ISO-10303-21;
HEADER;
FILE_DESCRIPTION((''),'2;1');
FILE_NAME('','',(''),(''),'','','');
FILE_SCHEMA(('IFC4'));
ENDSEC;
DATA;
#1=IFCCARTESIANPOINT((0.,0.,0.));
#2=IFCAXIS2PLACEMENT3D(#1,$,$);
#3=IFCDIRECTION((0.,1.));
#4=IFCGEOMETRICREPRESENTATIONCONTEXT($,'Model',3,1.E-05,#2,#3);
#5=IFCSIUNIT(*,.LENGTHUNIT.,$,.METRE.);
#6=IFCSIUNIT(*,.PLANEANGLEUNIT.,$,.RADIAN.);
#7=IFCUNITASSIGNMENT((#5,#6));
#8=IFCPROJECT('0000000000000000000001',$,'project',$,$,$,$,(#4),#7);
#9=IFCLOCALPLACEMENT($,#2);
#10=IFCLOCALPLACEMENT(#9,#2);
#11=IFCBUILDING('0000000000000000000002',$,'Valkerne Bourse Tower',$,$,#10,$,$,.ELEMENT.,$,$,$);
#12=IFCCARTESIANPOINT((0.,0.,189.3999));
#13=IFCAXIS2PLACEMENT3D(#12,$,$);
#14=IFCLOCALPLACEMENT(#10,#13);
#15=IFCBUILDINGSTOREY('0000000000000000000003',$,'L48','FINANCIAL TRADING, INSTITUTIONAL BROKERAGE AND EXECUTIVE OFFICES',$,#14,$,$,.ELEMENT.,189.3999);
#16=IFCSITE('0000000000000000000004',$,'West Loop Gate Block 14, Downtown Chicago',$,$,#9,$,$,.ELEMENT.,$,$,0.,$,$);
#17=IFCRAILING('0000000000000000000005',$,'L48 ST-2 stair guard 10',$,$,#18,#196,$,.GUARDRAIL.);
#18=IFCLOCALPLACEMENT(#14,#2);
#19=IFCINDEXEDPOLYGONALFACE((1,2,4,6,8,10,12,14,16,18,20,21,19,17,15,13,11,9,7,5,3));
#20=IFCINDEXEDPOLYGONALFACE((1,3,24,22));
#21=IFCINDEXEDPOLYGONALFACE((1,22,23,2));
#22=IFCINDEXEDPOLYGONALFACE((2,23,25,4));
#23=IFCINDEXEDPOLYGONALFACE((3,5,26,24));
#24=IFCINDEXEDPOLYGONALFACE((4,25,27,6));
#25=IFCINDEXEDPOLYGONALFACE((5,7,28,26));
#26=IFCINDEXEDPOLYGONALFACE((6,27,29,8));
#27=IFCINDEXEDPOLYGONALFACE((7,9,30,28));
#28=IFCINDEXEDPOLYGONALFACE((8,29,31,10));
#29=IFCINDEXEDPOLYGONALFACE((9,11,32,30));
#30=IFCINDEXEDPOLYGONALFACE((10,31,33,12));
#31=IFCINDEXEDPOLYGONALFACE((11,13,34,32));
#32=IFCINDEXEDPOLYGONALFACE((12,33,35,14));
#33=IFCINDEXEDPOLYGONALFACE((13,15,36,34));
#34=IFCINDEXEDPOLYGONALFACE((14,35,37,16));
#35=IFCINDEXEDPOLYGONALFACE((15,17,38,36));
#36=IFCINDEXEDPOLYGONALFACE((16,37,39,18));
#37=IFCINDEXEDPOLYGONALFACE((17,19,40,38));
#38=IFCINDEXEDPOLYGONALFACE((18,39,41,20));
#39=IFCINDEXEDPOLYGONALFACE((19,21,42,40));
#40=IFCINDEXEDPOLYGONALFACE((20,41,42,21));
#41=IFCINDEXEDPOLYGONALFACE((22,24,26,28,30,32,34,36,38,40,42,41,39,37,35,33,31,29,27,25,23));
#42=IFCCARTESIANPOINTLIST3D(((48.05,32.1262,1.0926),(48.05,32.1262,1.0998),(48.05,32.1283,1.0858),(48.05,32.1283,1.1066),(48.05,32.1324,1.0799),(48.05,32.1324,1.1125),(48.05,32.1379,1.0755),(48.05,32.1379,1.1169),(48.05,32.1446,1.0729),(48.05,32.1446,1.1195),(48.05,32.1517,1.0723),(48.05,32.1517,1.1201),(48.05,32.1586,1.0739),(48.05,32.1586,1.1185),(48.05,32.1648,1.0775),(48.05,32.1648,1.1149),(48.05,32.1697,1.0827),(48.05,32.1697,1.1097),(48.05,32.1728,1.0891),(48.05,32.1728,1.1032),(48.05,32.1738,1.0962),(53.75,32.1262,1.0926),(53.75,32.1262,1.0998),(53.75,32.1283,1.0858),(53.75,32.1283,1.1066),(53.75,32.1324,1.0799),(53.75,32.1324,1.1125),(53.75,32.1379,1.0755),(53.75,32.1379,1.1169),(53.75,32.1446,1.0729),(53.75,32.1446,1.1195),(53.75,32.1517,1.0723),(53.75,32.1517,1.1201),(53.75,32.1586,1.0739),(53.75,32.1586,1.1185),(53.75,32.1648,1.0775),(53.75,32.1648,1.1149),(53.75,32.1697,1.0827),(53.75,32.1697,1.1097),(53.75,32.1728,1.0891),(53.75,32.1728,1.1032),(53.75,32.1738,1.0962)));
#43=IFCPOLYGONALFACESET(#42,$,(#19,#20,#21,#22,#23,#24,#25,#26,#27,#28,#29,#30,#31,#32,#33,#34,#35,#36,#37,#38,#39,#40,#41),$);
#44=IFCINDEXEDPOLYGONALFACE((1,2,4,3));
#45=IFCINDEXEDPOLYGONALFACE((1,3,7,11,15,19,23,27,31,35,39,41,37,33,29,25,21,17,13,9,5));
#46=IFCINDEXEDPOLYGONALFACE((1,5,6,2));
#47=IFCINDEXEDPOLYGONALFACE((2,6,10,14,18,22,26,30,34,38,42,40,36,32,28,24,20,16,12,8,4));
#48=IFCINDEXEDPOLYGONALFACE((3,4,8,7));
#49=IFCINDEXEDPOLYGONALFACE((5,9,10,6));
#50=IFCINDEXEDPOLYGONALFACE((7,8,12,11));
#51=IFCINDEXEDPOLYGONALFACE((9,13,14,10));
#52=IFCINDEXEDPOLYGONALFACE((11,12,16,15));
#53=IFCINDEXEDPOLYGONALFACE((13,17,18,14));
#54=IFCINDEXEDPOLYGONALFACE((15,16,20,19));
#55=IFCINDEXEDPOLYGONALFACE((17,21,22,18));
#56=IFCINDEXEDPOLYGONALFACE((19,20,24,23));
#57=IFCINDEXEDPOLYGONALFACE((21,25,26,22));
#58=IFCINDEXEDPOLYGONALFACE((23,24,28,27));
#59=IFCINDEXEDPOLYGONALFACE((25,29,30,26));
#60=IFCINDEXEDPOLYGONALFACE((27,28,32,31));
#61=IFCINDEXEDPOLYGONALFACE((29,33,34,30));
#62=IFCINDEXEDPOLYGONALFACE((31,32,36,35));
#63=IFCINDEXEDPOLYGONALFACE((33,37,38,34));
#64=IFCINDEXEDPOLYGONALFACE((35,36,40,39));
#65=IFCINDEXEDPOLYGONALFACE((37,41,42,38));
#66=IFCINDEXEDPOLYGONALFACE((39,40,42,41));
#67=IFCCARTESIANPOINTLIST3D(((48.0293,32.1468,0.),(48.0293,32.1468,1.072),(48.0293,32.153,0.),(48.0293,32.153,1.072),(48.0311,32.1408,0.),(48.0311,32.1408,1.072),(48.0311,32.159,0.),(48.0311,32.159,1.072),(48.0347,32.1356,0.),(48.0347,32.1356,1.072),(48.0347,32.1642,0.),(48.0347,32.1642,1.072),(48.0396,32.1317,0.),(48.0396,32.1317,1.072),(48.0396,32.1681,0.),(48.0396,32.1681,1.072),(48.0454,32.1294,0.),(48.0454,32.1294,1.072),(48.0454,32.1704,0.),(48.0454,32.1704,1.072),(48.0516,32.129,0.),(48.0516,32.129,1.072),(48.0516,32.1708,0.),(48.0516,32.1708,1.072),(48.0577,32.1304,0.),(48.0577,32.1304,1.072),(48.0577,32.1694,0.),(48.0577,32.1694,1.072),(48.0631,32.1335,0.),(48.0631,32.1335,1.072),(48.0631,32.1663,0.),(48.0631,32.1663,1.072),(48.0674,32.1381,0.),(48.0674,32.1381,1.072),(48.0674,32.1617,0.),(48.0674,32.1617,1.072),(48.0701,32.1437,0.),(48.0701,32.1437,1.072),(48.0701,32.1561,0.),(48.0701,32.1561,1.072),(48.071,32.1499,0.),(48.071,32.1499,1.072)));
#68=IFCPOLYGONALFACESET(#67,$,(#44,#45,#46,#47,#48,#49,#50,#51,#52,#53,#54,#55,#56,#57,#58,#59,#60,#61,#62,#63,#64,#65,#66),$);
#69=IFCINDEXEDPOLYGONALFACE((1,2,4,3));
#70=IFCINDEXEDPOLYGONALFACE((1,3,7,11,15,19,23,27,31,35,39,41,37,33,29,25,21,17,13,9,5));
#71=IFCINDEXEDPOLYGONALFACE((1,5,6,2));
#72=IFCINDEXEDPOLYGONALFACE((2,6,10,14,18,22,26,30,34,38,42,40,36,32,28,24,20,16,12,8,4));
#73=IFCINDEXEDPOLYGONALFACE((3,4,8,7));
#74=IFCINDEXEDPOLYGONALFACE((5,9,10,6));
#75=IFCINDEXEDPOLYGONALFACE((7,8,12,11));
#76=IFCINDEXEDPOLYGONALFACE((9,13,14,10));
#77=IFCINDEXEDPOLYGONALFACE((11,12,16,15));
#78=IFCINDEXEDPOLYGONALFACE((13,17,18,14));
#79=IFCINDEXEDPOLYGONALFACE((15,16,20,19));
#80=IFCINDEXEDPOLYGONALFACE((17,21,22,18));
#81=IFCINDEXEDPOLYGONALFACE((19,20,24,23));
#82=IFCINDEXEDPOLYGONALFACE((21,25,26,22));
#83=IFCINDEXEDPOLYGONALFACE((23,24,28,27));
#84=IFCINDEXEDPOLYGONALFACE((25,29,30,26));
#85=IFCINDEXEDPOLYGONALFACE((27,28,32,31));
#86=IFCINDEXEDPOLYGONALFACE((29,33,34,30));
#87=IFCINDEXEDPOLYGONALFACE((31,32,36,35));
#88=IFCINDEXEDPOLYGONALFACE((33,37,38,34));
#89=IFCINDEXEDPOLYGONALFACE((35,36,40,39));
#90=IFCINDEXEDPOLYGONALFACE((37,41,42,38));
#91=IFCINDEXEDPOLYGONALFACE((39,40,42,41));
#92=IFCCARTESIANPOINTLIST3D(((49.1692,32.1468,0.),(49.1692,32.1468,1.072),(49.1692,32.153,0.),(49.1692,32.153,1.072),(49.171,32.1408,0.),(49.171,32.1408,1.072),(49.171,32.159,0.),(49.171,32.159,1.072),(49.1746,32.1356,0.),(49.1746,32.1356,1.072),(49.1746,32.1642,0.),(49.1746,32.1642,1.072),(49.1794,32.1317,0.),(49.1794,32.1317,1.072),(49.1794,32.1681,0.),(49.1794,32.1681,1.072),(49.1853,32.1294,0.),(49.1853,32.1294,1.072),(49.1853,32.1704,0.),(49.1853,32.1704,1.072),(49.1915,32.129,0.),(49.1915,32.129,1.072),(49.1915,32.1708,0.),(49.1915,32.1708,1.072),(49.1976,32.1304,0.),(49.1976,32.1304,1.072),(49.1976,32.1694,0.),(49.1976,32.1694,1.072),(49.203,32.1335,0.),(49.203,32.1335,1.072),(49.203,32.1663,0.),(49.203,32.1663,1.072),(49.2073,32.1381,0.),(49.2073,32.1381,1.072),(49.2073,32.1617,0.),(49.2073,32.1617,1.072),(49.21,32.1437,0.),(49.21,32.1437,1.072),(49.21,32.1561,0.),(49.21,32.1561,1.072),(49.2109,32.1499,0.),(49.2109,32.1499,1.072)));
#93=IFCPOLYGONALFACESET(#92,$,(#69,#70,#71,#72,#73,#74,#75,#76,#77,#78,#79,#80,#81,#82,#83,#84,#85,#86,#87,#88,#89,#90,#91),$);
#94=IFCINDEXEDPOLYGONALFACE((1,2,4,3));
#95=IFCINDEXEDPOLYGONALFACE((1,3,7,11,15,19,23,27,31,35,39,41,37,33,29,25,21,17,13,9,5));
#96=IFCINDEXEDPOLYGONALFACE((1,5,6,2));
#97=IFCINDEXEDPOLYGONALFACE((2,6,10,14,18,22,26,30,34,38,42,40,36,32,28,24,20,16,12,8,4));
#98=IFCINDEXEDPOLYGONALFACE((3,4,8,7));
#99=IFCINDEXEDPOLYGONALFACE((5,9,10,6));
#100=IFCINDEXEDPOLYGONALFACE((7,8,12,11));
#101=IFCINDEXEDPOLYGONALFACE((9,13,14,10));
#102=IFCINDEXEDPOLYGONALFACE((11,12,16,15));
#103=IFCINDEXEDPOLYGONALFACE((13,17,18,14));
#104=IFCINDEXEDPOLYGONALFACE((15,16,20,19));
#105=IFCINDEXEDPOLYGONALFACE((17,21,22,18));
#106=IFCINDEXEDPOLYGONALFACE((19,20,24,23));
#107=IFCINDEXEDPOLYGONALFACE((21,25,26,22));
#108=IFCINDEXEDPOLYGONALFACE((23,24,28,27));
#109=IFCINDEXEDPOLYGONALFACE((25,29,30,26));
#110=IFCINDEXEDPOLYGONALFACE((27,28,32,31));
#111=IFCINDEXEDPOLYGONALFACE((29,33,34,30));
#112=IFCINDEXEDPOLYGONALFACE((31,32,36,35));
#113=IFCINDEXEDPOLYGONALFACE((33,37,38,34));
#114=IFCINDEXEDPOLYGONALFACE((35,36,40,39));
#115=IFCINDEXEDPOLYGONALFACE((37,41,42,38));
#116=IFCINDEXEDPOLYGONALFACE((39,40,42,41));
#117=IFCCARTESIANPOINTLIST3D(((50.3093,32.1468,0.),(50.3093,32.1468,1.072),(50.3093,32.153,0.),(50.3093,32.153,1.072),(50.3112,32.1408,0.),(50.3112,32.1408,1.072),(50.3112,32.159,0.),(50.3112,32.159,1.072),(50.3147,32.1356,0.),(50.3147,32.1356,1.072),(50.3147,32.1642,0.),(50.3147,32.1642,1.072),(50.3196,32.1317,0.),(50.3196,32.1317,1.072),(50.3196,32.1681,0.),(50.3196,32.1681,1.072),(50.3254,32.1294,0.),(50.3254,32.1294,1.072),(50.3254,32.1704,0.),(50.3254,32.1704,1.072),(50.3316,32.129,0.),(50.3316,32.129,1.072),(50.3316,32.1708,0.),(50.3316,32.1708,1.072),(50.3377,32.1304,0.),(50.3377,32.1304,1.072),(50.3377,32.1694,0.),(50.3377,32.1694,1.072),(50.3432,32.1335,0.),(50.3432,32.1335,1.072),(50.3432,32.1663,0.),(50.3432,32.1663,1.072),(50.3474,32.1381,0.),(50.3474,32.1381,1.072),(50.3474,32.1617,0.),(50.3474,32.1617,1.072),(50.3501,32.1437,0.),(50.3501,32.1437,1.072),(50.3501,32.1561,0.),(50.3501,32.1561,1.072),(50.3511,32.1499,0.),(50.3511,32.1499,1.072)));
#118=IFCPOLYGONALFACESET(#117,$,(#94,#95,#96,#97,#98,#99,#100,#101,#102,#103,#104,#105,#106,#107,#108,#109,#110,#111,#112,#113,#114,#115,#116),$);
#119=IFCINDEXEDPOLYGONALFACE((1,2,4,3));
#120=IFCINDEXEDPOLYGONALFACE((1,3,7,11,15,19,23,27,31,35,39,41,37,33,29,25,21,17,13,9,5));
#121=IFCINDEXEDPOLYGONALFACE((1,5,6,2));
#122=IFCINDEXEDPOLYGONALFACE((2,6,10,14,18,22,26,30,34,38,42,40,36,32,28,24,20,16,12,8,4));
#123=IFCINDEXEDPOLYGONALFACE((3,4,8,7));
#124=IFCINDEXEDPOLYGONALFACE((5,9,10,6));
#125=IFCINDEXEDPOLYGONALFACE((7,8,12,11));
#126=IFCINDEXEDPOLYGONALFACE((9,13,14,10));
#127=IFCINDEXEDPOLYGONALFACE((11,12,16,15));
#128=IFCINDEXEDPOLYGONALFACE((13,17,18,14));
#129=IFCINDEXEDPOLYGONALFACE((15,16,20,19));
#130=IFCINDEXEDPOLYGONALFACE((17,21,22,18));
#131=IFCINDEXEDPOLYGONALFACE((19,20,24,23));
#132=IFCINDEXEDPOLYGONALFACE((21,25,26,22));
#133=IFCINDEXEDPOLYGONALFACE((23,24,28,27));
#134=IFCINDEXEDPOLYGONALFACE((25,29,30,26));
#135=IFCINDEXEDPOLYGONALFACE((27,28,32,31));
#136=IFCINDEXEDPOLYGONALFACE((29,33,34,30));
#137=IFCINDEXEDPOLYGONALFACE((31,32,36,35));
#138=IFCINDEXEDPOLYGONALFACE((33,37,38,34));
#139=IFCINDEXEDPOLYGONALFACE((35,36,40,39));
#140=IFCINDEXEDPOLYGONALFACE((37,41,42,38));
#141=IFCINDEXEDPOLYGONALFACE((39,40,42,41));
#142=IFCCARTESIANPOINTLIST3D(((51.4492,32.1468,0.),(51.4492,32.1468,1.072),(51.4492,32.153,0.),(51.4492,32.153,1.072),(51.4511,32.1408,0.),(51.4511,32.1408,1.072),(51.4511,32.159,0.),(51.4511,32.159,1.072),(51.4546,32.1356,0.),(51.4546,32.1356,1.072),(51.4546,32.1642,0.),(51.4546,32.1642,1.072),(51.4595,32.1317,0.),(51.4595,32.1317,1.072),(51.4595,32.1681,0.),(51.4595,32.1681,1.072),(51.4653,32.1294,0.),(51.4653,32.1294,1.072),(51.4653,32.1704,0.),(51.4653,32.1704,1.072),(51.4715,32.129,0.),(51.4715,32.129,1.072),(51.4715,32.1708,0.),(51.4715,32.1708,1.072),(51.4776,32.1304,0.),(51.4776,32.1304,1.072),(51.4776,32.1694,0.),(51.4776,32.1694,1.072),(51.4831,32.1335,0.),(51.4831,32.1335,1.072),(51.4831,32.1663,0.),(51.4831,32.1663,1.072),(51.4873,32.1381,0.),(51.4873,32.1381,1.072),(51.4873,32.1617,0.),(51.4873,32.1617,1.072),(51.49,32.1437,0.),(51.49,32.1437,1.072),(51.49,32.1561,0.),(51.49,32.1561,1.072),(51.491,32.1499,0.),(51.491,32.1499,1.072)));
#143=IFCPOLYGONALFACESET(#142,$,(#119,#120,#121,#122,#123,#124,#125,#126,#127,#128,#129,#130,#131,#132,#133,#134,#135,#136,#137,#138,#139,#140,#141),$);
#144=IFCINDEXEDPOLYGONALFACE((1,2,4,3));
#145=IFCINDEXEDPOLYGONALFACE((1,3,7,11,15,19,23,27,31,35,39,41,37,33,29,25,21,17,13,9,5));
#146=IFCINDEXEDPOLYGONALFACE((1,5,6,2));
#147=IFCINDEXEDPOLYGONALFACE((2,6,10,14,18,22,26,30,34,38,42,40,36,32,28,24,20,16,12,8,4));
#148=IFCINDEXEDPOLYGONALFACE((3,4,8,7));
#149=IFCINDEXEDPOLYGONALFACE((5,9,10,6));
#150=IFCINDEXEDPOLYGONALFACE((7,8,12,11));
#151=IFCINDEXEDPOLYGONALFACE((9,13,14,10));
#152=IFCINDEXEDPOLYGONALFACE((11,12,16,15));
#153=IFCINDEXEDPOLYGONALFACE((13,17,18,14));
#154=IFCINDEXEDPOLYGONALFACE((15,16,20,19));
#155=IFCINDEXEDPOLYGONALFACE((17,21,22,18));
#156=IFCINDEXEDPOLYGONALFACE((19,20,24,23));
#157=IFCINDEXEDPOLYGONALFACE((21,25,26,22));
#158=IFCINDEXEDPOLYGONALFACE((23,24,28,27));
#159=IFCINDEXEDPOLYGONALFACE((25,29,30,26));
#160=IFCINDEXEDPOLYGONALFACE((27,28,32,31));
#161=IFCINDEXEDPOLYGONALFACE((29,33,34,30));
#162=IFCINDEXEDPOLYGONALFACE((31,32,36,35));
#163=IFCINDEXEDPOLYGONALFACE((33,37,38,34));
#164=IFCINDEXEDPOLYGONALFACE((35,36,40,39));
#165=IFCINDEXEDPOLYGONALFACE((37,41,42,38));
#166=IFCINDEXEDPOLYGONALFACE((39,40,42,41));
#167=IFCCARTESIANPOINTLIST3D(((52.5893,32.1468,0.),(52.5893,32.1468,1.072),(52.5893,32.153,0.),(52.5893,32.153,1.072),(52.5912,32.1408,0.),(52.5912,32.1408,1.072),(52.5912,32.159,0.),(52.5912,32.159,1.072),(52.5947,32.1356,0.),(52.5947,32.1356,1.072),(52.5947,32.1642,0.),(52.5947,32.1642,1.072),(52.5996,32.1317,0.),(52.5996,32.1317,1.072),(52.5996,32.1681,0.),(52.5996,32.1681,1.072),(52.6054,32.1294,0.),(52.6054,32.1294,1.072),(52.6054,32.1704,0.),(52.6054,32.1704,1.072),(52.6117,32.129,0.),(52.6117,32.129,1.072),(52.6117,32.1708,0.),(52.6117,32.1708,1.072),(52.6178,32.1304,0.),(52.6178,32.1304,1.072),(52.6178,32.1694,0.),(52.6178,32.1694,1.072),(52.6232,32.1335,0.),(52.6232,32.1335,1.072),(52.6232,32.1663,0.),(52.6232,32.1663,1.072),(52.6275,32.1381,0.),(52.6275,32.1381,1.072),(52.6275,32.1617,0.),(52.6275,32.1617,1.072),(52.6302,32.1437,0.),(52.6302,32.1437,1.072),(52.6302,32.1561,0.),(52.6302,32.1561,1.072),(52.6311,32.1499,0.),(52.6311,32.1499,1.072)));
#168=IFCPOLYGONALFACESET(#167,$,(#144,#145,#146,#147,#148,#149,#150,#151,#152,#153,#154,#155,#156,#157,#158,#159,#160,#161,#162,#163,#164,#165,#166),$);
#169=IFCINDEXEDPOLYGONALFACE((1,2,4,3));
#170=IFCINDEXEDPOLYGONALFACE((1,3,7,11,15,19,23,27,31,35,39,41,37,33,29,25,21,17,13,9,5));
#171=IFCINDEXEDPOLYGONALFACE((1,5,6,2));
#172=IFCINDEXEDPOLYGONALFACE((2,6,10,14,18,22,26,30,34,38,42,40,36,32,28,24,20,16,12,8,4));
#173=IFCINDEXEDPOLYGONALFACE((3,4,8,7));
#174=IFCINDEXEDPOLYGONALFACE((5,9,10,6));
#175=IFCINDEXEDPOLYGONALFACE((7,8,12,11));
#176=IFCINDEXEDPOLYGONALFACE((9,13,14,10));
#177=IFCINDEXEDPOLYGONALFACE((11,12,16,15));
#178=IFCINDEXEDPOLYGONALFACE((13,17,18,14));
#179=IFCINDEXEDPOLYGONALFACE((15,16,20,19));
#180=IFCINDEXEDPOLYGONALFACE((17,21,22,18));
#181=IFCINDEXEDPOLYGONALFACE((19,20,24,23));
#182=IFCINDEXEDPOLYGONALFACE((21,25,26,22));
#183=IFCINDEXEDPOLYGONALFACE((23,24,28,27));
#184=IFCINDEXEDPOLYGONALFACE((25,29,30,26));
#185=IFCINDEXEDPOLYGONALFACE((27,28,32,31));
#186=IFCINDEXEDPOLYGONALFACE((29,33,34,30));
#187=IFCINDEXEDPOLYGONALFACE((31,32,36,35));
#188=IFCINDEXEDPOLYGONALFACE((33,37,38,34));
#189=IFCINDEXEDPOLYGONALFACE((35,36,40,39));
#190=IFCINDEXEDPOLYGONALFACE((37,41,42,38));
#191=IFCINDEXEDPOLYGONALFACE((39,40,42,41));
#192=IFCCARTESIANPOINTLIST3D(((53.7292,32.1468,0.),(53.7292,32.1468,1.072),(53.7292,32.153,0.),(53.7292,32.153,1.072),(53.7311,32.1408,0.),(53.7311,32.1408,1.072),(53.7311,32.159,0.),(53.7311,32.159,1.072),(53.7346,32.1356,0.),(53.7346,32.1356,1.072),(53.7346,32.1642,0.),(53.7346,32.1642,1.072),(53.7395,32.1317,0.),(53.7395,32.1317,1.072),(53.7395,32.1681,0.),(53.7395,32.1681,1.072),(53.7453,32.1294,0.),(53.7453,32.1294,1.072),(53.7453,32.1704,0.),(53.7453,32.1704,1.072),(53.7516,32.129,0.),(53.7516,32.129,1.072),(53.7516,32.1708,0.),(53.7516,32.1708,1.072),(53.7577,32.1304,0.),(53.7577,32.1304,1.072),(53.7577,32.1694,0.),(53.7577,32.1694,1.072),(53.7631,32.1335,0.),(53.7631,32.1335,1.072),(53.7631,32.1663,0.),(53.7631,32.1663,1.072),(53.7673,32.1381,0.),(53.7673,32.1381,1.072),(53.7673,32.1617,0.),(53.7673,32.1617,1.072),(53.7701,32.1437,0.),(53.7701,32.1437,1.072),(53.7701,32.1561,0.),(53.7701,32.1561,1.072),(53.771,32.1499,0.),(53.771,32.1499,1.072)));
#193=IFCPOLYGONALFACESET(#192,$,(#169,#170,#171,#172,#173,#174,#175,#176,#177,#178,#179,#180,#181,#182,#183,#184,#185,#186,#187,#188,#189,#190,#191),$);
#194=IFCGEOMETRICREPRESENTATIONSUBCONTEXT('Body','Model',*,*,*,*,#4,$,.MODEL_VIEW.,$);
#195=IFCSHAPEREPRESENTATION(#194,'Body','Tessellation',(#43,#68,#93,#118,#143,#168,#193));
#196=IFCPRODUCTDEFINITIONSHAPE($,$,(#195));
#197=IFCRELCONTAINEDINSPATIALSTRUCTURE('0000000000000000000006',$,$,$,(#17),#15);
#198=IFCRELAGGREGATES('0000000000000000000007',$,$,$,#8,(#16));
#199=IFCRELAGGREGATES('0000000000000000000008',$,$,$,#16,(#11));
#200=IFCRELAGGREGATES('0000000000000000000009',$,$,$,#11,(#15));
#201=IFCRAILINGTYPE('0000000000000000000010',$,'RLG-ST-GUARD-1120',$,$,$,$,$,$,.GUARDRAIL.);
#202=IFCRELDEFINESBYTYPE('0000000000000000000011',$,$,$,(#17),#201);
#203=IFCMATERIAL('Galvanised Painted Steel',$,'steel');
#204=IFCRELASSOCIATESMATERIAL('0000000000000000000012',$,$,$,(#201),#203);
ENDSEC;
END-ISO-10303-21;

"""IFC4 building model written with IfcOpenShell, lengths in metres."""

from ifc_helpers import new_model, si_unit, direction, frame, origin, origin_2d, place, context, subcontext, project, spatial, circle, extrude, material, type_object, element, save


model = new_model("IFC4")

# Units and contexts
model_context = context("Model", 3, precision=1e-05, world=origin(), true_north=direction((0.0, 1.0)))
body_context = subcontext(model_context, "Body", "Model", "MODEL_VIEW")
ifc_project = project(units=[si_unit("LENGTHUNIT", "METRE"), si_unit("PLANEANGLEUNIT", "RADIAN")], contexts=[model_context])

# Site, building, storey
site_placement = place(None, origin())
site = spatial("IfcSite", under=ifc_project, at=site_placement, Name="West Loop Gate Block 14, Downtown Chicago", CompositionType="ELEMENT", RefElevation=0.0)
building_placement = place(site_placement, origin())
building = spatial("IfcBuilding", under=site, at=building_placement, Name="Valkerne Bourse Tower", CompositionType="ELEMENT")
storey_placement = place(building_placement, frame((0.0, 0.0, 189.3999)))
storey = spatial("IfcBuildingStorey", under=building, at=storey_placement, Name="L48", Description="FINANCIAL TRADING, INSTITUTIONAL BROKERAGE AND EXECUTIVE OFFICES", CompositionType="ELEMENT", Elevation=189.3999)

# Shared definitions
ifc_material_1 = material(Name="Galvanised Painted Steel", Category="steel")

# Railing
railing_type_1 = type_object("IfcRailingType", Name="RLG-ST-GUARD-1120", PredefinedType="GUARDRAIL", material=ifc_material_1)
railing_1_placement = place(storey_placement, frame((48.05, 32.1499, 0.0)))
element("IfcRailing", 1, at=railing_1_placement, inside=storey, type_object=railing_type_1, Name="L48 ST-2 stair guard 10", PredefinedType="GUARDRAIL", context=body_context, shape_type="SweptSolid", body=[
    extrude(circle(Radius=0.0239, at=origin_2d()), frame((0.0, 0.0, 1.0962), z_axis=(1.0, 0.0, 0.0), x_axis=(0.0, 1.0, 0.0)), (0.0, 0.0, 1.0), 5.7),
    extrude(circle(Radius=0.021, at=origin_2d()), origin(), (0.0, 0.0, 1.0), 1.072),
    extrude(circle(Radius=0.021, at=origin_2d()), frame((1.1399, 0.0, 0.0)), (0.0, 0.0, 1.0), 1.072),
    extrude(circle(Radius=0.021, at=origin_2d()), frame((2.28, 0.0, 0.0)), (0.0, 0.0, 1.0), 1.072),
    extrude(circle(Radius=0.021, at=origin_2d()), frame((3.4199, 0.0, 0.0)), (0.0, 0.0, 1.0), 1.072),
    extrude(circle(Radius=0.021, at=origin_2d()), frame((4.5601, 0.0, 0.0)), (0.0, 0.0, 1.0), 1.072),
    extrude(circle(Radius=0.021, at=origin_2d()), frame((5.7, 0.0, 0.0)), (0.0, 0.0, 1.0), 1.072),
])

save(model, "model.ifc")
